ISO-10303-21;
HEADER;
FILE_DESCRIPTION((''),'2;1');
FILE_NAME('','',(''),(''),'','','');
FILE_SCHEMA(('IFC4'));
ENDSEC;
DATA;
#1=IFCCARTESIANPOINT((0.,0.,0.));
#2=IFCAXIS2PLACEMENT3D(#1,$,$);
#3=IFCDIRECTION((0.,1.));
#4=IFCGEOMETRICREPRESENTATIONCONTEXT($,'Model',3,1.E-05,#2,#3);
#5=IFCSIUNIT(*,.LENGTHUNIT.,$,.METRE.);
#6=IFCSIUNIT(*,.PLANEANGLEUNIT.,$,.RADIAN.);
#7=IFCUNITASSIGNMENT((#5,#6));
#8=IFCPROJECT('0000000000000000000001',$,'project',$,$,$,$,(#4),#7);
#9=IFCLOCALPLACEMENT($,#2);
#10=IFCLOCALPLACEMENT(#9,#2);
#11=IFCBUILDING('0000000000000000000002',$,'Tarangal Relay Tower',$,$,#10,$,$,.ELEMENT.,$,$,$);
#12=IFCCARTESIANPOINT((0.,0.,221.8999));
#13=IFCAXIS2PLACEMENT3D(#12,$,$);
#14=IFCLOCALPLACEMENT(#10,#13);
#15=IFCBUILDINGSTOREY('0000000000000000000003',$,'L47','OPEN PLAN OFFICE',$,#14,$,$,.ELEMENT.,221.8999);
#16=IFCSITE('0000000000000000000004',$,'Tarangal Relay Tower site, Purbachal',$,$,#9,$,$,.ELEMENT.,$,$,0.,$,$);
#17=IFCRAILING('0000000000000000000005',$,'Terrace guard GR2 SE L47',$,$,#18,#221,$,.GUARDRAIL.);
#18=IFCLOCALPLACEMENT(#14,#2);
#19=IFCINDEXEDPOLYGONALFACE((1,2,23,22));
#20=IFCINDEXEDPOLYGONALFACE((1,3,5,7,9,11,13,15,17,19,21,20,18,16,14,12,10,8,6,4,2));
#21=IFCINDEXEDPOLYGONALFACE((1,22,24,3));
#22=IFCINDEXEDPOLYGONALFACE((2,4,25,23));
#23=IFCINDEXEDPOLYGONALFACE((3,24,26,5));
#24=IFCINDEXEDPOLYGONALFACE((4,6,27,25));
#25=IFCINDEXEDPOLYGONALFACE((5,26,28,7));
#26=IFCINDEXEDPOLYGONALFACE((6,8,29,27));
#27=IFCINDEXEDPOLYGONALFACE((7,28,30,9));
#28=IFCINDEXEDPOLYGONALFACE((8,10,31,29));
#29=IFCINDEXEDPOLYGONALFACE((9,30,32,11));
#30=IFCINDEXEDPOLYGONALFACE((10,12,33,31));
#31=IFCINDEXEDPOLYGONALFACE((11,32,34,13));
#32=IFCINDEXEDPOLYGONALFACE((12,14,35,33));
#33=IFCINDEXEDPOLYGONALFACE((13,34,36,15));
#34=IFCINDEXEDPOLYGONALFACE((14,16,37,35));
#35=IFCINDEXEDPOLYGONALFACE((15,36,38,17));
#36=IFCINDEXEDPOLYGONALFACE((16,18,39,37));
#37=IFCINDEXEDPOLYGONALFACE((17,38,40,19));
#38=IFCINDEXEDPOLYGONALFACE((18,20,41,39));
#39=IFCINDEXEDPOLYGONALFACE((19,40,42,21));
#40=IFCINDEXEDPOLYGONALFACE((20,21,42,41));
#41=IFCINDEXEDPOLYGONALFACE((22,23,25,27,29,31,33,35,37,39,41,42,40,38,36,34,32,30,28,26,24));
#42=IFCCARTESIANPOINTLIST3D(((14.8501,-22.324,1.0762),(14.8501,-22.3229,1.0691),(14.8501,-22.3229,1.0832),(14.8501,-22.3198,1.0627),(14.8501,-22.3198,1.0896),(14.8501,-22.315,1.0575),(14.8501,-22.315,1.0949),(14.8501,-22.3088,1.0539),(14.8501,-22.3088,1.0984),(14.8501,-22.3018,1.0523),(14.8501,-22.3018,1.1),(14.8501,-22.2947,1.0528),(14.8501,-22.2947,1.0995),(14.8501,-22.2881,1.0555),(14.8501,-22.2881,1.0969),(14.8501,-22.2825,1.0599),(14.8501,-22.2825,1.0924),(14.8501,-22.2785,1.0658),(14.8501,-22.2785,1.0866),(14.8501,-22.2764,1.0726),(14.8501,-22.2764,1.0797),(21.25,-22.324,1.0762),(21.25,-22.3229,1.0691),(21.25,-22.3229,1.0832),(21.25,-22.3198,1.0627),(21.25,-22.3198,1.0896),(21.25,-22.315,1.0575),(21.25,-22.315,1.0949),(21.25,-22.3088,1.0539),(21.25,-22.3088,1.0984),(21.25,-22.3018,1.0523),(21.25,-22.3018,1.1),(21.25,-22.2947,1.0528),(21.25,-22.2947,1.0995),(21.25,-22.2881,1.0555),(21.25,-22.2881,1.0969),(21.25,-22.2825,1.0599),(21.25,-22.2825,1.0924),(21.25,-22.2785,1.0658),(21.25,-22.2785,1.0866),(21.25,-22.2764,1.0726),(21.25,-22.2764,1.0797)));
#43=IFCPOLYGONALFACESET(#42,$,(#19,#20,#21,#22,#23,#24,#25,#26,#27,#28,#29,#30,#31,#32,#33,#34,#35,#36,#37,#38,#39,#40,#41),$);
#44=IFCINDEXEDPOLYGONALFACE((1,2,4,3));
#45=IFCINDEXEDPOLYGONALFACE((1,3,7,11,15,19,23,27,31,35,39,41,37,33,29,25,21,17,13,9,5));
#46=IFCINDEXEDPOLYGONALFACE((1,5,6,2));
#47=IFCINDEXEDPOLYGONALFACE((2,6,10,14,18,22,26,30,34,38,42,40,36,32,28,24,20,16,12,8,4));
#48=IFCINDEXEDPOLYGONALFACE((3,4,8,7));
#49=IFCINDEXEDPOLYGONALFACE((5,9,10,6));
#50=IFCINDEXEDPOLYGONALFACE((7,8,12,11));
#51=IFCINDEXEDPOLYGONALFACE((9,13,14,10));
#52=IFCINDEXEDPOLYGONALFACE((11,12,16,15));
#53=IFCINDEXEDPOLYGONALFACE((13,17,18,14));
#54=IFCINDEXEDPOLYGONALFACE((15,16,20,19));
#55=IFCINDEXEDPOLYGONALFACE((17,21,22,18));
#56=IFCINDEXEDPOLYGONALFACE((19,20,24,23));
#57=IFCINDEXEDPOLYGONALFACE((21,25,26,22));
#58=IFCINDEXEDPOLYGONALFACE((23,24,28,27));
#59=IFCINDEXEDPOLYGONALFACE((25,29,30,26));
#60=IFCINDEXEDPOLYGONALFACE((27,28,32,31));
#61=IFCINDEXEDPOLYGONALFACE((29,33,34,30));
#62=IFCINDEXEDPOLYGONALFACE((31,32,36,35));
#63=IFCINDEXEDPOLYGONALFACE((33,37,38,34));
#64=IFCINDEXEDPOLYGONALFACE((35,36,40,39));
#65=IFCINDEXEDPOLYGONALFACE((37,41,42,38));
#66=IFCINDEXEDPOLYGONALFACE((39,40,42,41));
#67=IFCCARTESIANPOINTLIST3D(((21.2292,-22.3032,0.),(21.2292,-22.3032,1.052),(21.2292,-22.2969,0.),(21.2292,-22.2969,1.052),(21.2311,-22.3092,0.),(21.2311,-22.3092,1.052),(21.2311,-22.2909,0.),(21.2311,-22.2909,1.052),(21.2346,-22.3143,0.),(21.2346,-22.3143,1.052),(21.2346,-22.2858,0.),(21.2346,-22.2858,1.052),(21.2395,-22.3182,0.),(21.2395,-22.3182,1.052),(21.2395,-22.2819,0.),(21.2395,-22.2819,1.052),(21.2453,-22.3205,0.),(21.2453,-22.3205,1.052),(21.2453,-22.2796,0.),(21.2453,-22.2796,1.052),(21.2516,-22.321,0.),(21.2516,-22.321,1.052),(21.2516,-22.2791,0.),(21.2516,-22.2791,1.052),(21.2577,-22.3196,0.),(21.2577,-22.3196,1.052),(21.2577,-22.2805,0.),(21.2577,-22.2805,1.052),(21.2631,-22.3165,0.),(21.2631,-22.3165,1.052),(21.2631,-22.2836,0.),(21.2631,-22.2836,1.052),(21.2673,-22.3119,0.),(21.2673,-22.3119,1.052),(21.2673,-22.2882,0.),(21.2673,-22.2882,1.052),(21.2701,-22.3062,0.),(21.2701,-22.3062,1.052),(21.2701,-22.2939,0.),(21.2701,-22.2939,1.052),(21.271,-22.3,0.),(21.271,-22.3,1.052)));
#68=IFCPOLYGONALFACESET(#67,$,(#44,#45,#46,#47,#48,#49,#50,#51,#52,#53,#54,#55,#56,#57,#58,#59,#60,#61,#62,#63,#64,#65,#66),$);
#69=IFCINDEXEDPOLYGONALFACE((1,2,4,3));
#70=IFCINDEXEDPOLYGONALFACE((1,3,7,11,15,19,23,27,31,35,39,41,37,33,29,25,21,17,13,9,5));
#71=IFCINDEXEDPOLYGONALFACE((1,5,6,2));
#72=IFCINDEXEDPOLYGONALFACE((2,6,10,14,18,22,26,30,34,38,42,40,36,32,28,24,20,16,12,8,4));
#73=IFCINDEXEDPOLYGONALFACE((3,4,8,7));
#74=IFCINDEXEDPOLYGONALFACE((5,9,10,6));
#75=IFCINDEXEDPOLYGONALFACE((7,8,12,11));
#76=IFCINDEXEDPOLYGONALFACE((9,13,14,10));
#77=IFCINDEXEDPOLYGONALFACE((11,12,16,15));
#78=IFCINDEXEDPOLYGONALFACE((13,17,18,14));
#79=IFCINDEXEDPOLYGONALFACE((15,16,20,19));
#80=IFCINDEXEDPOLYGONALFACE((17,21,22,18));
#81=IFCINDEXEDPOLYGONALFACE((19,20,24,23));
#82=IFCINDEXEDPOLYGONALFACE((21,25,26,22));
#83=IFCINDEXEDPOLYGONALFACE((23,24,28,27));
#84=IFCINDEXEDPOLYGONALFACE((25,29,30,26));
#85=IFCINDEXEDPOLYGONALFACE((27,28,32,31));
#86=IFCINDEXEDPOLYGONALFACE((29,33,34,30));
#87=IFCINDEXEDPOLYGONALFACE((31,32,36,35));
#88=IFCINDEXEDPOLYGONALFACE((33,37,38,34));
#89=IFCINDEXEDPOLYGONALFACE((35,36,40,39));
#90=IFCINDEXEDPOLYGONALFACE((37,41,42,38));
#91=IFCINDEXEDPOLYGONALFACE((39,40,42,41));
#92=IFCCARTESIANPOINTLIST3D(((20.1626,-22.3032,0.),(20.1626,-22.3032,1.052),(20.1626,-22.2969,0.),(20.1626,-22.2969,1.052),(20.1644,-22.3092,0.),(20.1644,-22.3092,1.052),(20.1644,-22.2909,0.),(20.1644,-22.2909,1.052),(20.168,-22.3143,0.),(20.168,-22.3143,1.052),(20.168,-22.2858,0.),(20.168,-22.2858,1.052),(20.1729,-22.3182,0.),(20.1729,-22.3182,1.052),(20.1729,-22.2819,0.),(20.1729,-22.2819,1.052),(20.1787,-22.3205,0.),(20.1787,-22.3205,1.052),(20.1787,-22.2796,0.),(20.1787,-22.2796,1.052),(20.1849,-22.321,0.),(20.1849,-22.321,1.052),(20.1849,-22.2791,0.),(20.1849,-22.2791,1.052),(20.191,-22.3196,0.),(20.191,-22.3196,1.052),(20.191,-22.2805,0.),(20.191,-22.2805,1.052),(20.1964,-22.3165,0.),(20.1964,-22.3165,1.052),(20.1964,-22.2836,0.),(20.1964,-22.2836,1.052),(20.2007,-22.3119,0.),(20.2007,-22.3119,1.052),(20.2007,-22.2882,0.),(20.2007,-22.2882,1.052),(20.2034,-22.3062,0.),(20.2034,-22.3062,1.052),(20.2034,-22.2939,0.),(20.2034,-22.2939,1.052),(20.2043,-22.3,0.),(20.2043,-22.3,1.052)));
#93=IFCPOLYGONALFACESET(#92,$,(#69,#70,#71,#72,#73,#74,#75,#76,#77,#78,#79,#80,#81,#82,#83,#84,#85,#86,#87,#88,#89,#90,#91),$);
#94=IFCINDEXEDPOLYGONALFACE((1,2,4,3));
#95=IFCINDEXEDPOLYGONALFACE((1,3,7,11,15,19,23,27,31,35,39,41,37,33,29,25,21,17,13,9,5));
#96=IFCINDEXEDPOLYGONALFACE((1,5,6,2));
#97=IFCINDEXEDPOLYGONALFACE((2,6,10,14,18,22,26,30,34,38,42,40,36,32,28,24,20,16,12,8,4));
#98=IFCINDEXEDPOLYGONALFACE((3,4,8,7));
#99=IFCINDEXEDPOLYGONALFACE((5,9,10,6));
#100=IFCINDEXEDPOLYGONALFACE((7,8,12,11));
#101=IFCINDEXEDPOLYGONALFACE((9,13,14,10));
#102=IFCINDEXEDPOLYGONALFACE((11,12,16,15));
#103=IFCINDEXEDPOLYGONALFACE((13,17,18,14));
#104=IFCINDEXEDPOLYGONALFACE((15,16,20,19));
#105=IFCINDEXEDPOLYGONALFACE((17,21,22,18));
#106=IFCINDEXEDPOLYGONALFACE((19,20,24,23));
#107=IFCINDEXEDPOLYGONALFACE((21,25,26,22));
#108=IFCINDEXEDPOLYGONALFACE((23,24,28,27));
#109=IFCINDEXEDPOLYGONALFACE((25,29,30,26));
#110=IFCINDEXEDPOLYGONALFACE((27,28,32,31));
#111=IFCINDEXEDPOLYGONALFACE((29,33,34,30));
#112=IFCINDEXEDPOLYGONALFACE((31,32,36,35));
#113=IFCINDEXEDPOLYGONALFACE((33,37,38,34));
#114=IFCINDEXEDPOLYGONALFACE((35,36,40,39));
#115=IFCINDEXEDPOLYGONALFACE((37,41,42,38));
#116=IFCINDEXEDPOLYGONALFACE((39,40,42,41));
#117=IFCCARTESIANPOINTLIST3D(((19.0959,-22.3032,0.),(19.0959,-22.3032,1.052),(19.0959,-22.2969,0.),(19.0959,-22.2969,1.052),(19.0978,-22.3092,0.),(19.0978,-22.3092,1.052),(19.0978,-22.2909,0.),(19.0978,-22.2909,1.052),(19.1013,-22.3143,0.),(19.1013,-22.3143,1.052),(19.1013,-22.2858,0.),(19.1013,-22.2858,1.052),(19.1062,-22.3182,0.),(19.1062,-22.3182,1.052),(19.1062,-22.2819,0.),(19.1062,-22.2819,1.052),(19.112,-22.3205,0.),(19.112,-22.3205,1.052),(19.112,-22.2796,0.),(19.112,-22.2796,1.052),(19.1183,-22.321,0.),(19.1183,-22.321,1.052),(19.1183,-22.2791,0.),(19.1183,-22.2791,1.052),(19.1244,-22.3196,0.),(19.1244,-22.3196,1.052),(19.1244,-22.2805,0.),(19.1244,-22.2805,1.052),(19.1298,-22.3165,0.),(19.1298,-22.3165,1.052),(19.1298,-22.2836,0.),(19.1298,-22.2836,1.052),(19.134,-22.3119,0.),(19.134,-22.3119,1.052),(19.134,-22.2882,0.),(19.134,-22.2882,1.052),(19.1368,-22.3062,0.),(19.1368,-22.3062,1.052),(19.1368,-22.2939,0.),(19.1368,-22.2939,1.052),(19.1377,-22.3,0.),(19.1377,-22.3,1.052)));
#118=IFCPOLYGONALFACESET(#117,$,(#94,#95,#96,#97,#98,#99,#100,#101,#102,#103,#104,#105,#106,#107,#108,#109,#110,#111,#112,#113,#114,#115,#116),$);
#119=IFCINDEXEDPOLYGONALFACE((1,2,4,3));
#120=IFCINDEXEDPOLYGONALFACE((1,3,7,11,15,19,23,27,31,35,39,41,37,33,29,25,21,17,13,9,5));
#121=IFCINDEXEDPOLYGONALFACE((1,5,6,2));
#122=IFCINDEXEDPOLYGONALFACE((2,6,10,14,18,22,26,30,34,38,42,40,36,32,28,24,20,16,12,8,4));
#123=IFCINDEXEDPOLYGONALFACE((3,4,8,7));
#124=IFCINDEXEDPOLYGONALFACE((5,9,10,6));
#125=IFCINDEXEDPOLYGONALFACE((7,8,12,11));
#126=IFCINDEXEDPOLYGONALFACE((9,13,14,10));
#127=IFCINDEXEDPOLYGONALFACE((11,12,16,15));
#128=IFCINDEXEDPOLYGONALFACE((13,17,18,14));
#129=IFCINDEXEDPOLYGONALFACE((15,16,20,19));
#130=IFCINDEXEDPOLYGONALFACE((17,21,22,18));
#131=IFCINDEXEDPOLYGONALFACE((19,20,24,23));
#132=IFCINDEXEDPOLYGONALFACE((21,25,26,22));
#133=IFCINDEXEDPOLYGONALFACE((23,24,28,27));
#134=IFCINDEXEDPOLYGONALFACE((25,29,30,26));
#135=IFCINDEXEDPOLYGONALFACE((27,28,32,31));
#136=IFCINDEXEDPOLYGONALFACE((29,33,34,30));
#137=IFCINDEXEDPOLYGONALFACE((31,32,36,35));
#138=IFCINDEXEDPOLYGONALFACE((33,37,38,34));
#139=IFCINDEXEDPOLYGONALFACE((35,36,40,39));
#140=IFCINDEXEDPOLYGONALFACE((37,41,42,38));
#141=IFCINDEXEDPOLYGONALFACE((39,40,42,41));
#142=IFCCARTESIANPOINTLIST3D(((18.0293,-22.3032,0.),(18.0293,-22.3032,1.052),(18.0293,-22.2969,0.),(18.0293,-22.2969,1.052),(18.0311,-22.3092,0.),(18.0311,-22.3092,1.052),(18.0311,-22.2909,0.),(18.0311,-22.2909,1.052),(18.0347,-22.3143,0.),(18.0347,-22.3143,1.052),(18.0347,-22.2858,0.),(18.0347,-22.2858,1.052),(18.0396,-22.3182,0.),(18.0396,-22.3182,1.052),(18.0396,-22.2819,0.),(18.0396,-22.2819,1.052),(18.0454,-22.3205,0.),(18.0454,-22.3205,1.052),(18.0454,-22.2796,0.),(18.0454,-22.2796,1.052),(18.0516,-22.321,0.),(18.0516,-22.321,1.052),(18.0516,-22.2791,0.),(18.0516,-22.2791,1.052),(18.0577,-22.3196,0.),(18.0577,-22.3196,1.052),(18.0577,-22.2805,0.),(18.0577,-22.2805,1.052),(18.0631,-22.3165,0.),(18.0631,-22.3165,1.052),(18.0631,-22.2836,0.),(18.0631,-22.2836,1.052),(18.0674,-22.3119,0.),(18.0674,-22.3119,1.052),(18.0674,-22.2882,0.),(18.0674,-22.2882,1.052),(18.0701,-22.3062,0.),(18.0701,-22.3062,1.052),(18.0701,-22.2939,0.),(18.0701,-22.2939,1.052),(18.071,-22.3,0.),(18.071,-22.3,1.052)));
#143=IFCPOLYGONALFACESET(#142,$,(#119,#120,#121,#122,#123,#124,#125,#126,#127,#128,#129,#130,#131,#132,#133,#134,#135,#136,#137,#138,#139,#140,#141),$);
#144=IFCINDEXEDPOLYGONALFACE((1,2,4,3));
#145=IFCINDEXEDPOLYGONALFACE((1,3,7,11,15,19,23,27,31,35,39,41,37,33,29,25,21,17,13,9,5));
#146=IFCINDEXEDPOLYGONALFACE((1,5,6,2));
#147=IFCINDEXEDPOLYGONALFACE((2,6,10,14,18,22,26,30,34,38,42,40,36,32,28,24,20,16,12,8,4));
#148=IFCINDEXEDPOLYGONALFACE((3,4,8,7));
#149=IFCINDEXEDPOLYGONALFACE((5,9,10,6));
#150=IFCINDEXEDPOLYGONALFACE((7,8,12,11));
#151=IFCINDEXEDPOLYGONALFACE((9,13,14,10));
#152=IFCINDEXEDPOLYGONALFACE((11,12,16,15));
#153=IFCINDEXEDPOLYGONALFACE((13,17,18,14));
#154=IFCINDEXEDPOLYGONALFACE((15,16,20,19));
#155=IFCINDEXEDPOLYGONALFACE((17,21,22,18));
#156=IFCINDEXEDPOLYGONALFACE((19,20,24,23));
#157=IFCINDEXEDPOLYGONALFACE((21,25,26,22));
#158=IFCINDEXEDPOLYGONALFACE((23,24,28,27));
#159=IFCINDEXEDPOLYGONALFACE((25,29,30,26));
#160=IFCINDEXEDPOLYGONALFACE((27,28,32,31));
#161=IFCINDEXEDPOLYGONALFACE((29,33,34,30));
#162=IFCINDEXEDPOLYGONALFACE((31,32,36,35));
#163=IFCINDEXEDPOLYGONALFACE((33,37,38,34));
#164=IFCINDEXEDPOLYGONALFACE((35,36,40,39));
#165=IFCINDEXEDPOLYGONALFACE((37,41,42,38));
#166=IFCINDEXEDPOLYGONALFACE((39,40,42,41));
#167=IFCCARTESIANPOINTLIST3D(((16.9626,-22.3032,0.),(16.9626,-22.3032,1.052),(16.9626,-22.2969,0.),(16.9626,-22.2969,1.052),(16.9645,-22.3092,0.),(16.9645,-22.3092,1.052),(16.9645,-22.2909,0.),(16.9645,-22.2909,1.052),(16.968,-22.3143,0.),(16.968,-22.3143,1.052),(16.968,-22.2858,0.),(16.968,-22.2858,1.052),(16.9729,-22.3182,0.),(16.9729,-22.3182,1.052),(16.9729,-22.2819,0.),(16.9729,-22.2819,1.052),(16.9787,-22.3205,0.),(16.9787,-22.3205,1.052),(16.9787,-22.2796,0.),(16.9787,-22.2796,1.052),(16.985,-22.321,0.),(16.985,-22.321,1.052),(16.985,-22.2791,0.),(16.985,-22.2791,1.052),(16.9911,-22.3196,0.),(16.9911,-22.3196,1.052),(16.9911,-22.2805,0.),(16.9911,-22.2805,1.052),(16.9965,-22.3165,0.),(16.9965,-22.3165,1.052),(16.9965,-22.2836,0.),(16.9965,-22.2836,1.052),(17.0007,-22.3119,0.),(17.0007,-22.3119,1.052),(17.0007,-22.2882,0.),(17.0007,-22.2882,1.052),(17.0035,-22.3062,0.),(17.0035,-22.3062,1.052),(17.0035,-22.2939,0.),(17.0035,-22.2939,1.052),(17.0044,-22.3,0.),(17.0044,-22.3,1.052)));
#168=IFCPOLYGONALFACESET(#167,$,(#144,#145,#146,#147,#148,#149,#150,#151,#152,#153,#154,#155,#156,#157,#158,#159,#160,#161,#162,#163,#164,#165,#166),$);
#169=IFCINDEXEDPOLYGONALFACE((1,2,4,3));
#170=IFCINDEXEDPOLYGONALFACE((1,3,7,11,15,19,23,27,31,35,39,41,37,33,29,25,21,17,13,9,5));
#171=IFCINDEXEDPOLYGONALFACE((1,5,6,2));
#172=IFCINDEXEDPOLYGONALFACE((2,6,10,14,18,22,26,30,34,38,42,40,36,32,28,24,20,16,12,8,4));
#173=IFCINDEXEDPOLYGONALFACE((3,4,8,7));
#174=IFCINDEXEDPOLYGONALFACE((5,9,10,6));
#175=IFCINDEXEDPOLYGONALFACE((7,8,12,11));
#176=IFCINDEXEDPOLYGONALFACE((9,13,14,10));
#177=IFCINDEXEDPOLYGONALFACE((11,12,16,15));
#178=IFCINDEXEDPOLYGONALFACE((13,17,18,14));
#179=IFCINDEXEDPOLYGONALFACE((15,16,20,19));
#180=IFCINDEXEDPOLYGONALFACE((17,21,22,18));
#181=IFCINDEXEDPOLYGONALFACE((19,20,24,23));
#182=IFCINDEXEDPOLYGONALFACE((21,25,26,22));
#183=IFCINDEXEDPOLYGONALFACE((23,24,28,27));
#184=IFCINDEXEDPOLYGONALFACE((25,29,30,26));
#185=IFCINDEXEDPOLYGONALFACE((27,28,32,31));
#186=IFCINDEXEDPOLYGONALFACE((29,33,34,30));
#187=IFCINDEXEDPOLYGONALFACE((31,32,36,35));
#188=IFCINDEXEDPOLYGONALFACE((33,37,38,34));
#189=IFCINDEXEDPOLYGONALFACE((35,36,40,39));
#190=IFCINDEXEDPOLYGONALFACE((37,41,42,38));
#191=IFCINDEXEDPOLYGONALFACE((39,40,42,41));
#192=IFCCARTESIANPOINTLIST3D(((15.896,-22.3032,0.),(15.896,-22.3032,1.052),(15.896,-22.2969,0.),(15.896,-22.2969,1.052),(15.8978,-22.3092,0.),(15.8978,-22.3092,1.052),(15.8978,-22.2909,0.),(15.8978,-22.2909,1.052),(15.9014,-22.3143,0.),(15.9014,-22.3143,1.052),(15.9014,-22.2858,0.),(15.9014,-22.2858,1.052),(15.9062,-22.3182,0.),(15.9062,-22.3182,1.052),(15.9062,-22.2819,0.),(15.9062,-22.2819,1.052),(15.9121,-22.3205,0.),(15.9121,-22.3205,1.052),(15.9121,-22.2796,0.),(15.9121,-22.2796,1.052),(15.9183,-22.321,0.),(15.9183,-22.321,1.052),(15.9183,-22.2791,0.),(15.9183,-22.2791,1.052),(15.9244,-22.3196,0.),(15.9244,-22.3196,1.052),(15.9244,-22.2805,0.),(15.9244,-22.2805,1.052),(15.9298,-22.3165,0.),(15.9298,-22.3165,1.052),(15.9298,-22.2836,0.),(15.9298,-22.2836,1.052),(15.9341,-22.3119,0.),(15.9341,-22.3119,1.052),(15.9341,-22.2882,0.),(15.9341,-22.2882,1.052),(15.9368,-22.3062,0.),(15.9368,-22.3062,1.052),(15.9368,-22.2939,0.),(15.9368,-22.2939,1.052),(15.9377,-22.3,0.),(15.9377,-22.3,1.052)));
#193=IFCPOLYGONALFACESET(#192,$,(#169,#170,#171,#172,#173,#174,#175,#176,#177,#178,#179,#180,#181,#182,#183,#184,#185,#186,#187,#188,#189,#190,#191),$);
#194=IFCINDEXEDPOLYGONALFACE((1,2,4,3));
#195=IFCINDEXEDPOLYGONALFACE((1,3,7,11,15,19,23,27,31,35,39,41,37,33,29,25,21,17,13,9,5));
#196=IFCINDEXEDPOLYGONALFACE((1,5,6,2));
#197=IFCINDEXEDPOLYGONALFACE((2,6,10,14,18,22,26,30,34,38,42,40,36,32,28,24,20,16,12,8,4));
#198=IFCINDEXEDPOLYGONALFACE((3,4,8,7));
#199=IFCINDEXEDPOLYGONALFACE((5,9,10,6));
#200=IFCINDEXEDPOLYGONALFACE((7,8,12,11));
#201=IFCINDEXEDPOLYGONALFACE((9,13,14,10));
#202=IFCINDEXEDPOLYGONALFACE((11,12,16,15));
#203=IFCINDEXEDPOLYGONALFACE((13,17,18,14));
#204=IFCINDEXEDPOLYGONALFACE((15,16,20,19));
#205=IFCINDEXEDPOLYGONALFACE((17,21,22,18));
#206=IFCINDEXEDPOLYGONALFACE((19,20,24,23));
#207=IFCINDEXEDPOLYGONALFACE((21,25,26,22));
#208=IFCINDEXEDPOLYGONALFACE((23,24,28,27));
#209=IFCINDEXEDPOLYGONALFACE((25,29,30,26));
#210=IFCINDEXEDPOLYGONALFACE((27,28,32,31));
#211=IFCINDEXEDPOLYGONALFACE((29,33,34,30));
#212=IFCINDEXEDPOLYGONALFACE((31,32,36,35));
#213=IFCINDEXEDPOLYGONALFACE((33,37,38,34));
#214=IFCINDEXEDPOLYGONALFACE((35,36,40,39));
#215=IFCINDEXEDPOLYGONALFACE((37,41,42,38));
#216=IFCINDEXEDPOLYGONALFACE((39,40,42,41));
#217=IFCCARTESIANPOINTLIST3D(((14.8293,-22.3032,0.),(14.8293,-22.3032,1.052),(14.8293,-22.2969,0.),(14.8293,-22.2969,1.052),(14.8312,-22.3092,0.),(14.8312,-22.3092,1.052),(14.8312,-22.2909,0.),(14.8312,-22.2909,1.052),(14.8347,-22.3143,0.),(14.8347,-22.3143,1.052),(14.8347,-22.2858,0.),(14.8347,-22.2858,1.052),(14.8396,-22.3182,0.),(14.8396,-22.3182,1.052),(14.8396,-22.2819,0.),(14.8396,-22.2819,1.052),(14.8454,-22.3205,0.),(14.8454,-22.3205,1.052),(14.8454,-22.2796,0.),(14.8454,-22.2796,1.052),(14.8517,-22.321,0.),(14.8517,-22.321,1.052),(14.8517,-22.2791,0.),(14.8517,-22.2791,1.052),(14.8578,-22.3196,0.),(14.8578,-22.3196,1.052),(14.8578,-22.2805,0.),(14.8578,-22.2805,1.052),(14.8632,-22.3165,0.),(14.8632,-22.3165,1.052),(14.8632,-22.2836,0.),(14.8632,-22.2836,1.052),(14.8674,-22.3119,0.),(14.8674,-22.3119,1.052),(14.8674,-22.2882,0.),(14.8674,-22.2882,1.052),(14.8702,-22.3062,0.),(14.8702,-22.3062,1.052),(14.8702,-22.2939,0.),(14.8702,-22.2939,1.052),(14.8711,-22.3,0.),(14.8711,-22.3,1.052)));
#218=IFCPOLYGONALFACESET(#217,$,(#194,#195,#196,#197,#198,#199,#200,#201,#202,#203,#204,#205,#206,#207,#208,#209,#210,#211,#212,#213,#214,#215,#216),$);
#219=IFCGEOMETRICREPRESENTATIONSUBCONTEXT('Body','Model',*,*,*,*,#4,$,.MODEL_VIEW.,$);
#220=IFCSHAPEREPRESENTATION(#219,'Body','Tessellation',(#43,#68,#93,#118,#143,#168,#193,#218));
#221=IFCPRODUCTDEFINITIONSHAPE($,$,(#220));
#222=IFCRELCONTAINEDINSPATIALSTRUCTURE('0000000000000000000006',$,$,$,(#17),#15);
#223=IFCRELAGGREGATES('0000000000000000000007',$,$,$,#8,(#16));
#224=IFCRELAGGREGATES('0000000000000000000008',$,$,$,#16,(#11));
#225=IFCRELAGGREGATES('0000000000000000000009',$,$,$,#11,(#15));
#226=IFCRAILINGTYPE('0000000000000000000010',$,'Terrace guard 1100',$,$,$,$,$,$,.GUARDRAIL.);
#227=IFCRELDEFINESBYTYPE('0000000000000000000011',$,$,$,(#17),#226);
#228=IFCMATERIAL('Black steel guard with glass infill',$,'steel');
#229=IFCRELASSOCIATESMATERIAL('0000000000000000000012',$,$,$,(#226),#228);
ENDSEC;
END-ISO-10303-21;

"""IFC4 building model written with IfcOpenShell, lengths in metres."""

from ifc_helpers import new_model, si_unit, direction, frame, origin, origin_2d, place, context, subcontext, project, spatial, circle, extrude, material, type_object, element, save


model = new_model("IFC4")

# Units and contexts
model_context = context("Model", 3, precision=1e-05, world=origin(), true_north=direction((0.0, 1.0)))
body_context = subcontext(model_context, "Body", "Model", "MODEL_VIEW")
ifc_project = project(units=[si_unit("LENGTHUNIT", "METRE"), si_unit("PLANEANGLEUNIT", "RADIAN")], contexts=[model_context])

# Site, building, storey
site_placement = place(None, origin())
site = spatial("IfcSite", under=ifc_project, at=site_placement, Name="Tarangal Relay Tower site, Purbachal", CompositionType="ELEMENT", RefElevation=0.0)
building_placement = place(site_placement, origin())
building = spatial("IfcBuilding", under=site, at=building_placement, Name="Tarangal Relay Tower", CompositionType="ELEMENT")
storey_placement = place(building_placement, frame((0.0, 0.0, 221.8999)))
storey = spatial("IfcBuildingStorey", under=building, at=storey_placement, Name="L47", Description="OPEN PLAN OFFICE", CompositionType="ELEMENT", Elevation=221.8999)

# Railing
ifc_material_1 = material(Name="Black steel guard with glass infill", Category="steel")
railing_type = type_object("IfcRailingType", Name="Terrace guard 1100", PredefinedType="GUARDRAIL", material=ifc_material_1)
railing_1_placement = place(storey_placement, frame((21.25, -22.3, 0.0)))
element("IfcRailing", 1, at=railing_1_placement, inside=storey, type_object=railing_type, Name="Terrace guard GR2 SE L47", PredefinedType="GUARDRAIL", context=body_context, shape_type="SweptSolid", body=[
    extrude(circle(Radius=0.0239, at=origin_2d()), frame((0.0, 0.0, 1.0762), z_axis=(-1.0, 0.0, 0.0), x_axis=(0.0, -1.0, 0.0)), (0.0, 0.0, 1.0), 6.3999),
    extrude(circle(Radius=0.021, at=origin_2d()), origin(), (0.0, 0.0, 1.0), 1.052),
    extrude(circle(Radius=0.021, at=origin_2d()), frame((-1.0667, 0.0, 0.0)), (0.0, 0.0, 1.0), 1.052),
    extrude(circle(Radius=0.021, at=origin_2d()), frame((-2.1333, 0.0, 0.0)), (0.0, 0.0, 1.0), 1.052),
    extrude(circle(Radius=0.021, at=origin_2d()), frame((-3.2, 0.0, 0.0)), (0.0, 0.0, 1.0), 1.052),
    extrude(circle(Radius=0.021, at=origin_2d()), frame((-4.2666, 0.0, 0.0)), (0.0, 0.0, 1.0), 1.052),
    extrude(circle(Radius=0.021, at=origin_2d()), frame((-5.3333, 0.0, 0.0)), (0.0, 0.0, 1.0), 1.052),
    extrude(circle(Radius=0.021, at=origin_2d()), frame((-6.3999, 0.0, 0.0)), (0.0, 0.0, 1.0), 1.052),
])

save(model, "model.ifc")
